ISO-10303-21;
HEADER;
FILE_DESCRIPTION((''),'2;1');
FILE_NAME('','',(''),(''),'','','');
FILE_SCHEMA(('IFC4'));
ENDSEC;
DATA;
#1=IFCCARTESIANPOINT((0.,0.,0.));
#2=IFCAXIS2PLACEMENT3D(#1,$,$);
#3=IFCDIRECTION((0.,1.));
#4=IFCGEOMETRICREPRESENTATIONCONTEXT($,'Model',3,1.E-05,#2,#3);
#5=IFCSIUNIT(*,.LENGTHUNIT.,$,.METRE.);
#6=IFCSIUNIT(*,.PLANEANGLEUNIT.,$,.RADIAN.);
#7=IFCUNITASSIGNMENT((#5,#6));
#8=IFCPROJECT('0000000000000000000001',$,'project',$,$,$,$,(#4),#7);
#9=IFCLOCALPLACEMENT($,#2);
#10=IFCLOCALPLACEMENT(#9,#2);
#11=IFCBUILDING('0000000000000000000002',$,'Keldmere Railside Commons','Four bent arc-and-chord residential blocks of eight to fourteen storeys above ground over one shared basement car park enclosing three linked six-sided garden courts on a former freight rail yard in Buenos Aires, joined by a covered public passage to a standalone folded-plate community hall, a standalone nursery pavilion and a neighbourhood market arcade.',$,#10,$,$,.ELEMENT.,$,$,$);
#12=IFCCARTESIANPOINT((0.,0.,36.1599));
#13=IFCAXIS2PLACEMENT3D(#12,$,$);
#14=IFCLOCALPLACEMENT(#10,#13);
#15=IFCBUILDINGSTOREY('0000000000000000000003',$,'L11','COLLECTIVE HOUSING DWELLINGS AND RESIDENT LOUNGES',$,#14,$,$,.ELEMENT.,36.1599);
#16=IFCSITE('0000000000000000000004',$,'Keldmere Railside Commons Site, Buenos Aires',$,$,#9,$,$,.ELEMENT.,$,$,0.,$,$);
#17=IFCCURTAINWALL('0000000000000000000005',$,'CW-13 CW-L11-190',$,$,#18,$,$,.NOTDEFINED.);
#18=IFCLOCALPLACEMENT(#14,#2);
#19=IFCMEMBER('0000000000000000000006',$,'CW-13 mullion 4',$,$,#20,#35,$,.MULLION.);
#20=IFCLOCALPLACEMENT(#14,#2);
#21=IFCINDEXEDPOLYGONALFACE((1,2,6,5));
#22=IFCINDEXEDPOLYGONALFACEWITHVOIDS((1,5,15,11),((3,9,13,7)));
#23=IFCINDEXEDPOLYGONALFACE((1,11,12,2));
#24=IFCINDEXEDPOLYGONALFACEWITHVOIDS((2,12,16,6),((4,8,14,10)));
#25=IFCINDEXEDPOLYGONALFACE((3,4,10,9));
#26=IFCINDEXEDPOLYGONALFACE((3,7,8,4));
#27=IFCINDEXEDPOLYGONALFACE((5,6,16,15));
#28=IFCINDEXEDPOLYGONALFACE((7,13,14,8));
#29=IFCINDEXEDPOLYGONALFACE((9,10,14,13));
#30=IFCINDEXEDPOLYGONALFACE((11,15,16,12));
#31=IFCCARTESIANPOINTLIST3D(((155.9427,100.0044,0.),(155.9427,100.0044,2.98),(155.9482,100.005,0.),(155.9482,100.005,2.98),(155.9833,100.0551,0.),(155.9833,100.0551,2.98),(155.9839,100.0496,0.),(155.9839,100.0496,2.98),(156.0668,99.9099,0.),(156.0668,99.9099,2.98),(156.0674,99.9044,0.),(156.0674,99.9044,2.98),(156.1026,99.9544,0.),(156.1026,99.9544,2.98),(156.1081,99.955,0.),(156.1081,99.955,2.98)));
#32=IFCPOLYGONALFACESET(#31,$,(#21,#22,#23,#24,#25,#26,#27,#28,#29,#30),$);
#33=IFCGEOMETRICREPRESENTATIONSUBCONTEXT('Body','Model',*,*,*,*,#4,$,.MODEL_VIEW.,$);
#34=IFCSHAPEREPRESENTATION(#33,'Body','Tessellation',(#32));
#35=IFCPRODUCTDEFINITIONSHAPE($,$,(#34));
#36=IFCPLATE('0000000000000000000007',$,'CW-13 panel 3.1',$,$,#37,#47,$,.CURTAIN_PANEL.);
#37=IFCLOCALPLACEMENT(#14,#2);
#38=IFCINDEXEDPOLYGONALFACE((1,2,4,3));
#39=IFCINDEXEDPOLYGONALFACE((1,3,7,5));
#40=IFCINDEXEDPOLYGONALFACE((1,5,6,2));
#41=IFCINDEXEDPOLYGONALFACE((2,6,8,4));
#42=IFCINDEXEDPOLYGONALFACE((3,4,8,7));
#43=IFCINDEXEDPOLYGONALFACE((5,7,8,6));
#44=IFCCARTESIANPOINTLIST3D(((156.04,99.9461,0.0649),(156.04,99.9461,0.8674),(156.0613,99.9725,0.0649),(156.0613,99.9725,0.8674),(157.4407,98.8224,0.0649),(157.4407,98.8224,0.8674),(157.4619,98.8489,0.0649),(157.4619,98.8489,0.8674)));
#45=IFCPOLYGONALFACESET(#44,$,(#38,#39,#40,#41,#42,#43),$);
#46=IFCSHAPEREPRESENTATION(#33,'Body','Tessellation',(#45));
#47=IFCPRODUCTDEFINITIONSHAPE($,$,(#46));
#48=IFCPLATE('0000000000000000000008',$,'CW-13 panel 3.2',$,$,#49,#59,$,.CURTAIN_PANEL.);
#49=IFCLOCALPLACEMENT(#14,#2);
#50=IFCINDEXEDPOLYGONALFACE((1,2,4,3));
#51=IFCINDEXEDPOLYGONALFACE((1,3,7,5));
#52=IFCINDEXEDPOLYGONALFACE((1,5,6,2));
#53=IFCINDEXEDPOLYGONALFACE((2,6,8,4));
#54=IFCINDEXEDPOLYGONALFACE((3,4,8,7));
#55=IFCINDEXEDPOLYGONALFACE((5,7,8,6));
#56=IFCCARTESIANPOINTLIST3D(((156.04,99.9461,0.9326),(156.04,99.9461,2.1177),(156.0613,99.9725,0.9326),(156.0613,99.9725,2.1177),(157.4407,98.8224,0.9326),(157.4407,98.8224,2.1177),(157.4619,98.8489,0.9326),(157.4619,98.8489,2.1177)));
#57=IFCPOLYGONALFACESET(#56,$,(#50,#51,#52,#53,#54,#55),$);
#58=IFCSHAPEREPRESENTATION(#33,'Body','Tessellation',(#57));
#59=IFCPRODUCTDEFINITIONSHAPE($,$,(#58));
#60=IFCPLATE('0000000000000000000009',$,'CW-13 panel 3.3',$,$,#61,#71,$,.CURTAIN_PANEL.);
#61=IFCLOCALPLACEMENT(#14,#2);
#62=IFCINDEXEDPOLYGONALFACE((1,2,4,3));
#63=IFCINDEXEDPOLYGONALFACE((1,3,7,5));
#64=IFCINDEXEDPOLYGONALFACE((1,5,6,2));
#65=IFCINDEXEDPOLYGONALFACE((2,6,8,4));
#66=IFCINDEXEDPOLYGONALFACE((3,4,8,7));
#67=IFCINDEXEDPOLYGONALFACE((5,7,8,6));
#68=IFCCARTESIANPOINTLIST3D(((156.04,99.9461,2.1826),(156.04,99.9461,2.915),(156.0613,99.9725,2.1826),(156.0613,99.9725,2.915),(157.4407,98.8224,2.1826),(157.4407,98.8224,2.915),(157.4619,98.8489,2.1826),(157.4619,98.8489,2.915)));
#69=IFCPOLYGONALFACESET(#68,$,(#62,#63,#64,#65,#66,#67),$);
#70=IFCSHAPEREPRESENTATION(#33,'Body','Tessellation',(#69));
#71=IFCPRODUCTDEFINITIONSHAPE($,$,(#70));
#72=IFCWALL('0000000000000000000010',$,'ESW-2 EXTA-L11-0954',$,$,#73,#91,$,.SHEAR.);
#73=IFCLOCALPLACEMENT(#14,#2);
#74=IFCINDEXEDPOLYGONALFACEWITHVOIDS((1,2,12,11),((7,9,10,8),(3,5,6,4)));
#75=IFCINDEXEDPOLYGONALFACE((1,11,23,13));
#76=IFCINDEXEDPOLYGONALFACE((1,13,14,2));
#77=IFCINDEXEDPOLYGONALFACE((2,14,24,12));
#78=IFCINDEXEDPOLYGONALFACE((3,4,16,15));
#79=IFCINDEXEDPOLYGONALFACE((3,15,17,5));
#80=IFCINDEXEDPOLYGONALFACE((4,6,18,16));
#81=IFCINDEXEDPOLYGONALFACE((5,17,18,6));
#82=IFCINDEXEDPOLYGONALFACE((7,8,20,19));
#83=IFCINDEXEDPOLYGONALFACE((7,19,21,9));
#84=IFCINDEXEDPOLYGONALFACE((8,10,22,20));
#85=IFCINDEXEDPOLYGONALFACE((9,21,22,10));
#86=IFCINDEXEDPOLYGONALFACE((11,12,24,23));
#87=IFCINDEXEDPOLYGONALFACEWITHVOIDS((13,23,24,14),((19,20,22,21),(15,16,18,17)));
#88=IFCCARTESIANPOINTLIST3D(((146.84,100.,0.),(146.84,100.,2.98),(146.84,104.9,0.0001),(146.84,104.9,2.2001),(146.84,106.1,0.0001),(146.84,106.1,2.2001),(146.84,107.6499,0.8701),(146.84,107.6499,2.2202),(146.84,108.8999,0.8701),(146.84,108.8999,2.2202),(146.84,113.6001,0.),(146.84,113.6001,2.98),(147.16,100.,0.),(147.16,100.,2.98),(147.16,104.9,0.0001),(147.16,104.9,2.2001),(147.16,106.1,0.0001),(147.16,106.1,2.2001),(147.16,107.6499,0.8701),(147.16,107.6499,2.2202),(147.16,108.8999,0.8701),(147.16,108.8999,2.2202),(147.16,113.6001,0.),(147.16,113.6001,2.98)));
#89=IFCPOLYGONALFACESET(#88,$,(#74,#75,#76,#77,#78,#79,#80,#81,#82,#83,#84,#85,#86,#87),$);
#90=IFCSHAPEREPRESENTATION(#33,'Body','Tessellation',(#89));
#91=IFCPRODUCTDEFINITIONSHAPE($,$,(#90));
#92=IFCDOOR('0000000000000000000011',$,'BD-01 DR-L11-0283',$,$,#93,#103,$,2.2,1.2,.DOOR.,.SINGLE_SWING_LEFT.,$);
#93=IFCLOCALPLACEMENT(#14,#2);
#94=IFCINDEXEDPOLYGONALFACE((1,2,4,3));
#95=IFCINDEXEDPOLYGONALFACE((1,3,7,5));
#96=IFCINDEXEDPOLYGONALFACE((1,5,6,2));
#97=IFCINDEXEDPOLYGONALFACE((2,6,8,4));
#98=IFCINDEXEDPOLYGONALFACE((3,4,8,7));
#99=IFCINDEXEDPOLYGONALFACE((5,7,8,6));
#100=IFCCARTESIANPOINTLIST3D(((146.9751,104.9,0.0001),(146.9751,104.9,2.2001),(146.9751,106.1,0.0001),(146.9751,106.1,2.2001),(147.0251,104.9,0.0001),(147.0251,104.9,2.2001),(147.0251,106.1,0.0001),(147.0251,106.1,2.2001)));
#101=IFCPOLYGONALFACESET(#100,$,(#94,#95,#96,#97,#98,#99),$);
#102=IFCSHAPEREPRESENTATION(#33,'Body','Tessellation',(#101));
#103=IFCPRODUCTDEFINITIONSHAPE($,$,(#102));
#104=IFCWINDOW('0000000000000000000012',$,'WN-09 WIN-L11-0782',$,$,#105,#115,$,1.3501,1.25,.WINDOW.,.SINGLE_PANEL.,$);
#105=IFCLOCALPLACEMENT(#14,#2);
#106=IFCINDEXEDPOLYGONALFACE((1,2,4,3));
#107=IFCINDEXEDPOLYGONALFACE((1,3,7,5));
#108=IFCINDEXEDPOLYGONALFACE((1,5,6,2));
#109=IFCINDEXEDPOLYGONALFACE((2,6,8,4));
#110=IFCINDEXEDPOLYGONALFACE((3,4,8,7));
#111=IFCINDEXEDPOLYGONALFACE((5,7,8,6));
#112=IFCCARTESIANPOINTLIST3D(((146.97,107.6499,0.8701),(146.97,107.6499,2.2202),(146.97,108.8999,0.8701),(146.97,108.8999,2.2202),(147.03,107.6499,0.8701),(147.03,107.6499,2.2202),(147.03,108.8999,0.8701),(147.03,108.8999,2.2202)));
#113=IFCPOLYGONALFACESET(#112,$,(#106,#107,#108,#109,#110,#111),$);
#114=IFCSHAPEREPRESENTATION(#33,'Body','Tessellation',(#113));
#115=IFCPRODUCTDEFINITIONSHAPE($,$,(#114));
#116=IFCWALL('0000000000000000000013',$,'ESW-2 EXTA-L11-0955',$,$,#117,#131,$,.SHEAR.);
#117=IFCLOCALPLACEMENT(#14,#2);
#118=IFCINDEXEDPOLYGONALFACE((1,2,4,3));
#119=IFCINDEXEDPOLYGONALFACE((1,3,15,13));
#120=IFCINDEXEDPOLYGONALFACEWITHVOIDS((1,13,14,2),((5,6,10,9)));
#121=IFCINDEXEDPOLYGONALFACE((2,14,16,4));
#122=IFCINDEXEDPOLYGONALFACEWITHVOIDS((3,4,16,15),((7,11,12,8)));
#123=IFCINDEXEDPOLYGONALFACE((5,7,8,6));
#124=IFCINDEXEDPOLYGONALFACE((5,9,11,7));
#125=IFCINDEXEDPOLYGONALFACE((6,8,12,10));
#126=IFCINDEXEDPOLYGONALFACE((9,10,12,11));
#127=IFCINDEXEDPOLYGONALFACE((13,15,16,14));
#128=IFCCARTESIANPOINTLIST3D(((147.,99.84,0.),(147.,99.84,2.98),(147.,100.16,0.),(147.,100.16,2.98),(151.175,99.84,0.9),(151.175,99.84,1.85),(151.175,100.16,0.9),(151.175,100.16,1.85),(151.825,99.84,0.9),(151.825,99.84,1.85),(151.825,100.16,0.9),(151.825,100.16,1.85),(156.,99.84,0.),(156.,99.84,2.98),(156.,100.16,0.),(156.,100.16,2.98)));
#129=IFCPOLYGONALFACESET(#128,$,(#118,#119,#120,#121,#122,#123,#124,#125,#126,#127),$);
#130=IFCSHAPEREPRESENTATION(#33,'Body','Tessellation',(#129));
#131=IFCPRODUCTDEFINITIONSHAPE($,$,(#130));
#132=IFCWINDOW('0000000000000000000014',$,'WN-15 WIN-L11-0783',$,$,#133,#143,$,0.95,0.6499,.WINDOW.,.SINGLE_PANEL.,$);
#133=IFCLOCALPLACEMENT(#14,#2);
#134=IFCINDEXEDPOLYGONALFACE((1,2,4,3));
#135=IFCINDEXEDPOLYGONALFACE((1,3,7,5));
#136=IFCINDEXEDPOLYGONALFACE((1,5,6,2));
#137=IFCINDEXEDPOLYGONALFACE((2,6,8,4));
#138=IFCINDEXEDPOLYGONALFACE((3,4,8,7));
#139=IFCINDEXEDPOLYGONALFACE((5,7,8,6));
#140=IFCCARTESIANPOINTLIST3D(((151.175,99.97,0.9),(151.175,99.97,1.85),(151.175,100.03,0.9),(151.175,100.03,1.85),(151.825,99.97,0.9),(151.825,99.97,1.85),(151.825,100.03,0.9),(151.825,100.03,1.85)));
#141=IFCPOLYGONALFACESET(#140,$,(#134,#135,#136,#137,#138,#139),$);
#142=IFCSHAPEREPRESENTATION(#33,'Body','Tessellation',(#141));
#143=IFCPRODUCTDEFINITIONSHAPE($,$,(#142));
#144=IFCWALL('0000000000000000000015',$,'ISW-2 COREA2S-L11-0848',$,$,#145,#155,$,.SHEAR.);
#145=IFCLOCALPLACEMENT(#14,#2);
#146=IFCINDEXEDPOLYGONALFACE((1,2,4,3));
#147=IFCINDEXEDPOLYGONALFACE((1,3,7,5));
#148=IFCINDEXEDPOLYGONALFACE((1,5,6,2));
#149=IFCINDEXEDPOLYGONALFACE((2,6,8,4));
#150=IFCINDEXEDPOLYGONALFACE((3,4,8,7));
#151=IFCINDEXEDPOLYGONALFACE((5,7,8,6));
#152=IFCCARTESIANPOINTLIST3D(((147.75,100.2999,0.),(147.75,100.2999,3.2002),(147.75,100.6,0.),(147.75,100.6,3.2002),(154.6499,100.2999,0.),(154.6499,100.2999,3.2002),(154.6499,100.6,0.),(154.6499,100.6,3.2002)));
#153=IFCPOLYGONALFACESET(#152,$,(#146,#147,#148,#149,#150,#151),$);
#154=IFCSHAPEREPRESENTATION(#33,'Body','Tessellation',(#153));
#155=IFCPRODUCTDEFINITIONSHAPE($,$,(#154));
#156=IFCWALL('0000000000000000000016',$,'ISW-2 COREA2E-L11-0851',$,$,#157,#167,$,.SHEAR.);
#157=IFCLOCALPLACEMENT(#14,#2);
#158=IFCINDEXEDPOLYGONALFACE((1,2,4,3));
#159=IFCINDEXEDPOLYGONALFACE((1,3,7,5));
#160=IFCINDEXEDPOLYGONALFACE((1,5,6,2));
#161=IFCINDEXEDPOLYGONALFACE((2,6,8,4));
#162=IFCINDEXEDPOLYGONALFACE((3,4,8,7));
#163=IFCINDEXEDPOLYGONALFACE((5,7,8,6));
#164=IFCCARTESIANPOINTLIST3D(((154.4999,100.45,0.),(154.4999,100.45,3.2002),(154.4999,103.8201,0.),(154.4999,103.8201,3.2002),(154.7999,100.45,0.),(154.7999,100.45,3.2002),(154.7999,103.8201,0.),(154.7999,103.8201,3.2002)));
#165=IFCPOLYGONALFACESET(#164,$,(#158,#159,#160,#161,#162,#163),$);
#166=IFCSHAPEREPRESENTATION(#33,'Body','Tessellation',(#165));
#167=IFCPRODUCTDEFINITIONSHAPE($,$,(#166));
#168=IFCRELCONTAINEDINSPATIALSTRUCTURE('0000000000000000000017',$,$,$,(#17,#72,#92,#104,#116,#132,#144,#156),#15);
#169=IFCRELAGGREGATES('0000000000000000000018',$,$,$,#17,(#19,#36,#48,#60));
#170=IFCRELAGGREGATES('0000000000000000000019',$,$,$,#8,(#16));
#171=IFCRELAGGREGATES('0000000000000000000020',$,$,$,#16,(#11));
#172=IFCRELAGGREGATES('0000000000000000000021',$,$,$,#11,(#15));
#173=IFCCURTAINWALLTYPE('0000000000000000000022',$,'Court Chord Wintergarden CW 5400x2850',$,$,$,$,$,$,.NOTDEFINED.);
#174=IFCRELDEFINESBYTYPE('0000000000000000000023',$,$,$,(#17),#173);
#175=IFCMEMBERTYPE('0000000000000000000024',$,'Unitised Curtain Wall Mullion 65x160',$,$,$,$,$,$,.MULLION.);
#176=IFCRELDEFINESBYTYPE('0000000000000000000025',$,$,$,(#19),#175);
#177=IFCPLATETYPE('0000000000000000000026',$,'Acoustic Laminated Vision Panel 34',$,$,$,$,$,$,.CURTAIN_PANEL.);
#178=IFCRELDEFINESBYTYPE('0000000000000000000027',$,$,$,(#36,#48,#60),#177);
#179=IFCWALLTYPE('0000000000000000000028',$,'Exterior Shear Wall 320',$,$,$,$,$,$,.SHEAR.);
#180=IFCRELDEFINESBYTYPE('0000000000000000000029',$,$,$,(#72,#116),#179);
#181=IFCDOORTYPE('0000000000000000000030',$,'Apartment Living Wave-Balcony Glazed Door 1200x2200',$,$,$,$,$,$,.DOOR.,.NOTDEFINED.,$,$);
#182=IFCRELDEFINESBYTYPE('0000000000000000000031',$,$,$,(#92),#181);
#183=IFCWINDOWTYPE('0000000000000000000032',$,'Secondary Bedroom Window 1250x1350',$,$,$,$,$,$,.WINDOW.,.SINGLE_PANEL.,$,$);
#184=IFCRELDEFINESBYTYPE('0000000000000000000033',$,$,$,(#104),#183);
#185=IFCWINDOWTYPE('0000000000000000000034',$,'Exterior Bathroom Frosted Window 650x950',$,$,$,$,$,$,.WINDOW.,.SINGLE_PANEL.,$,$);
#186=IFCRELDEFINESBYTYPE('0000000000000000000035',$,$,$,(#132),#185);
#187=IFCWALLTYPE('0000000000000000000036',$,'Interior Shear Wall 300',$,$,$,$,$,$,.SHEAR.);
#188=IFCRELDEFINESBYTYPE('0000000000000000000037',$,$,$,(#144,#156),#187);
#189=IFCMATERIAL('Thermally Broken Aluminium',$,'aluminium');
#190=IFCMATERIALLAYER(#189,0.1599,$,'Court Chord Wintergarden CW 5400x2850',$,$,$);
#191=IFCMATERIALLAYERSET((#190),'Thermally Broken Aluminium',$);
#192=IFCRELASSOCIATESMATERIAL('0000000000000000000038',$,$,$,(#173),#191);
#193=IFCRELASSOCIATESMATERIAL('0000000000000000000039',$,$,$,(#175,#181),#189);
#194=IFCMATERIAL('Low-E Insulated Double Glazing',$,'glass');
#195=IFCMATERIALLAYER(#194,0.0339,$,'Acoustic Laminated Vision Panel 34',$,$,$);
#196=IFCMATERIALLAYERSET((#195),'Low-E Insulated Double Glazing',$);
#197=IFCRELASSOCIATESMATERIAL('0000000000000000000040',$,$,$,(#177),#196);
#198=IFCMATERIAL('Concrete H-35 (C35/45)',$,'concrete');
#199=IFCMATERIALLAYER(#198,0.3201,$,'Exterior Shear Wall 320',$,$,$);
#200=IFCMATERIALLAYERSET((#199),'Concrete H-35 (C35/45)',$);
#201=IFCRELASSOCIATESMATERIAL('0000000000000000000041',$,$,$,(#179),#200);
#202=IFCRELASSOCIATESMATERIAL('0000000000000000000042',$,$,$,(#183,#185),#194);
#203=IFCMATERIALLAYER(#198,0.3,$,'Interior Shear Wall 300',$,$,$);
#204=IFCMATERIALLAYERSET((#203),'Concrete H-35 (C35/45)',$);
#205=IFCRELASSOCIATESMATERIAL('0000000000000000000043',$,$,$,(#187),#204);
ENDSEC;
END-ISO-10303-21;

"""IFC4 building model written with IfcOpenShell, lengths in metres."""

from ifc_helpers import new_model, si_unit, direction, frame, frame_2d, origin, origin_2d, place, context, subcontext, project, spatial, rectangle, hollow_rectangle, extrude, material, layer, layer_set, material_profile, profile_set, type_object, element, fill, aggregate, save


model = new_model("IFC4")

# Units and contexts
model_context = context("Model", 3, precision=1e-05, world=origin(), true_north=direction((0.0, 1.0)))
body_context = subcontext(model_context, "Body", "Model", "MODEL_VIEW")
ifc_project = project(units=[si_unit("LENGTHUNIT", "METRE"), si_unit("PLANEANGLEUNIT", "RADIAN")], contexts=[model_context])

# Site, building, storey
site_placement = place(None, origin())
site = spatial("IfcSite", under=ifc_project, at=site_placement, Name="Keldmere Railside Commons Site, Buenos Aires", CompositionType="ELEMENT", RefElevation=0.0)
building_placement = place(site_placement, origin())
building = spatial("IfcBuilding", under=site, at=building_placement, Name="Keldmere Railside Commons", Description="Four bent arc-and-chord residential blocks of eight to fourteen storeys above ground over one shared basement car park enclosing three linked six-sided garden courts on a former freight rail yard in Buenos Aires, joined by a covered public passage to a standalone folded-plate community hall, a standalone nursery pavilion and a neighbourhood market arcade.", CompositionType="ELEMENT")
storey_placement = place(building_placement, frame((0.0, 0.0, 36.1599)))
storey = spatial("IfcBuildingStorey", under=building, at=storey_placement, Name="L11", Description="COLLECTIVE HOUSING DWELLINGS AND RESIDENT LOUNGES", CompositionType="ELEMENT", Elevation=36.1599)

# Curtain wall, member, plates
ifc_material_1 = material(Name="Thermally Broken Aluminium", Category="aluminium")
ifc_layer_1 = layer(ifc_material_1, 0.1599, Name="Court Chord Wintergarden CW 5400x2850")
ifc_layer_set_1 = layer_set([ifc_layer_1], Name="Thermally Broken Aluminium")
curtain_wall_type = type_object("IfcCurtainWallType", Name="Court Chord Wintergarden CW 5400x2850", PredefinedType="NOTDEFINED", material=ifc_layer_set_1)
curtain_wall_placement = place(storey_placement, origin())
curtain_wall = element("IfcCurtainWall", 1, at=curtain_wall_placement, inside=storey, type_object=curtain_wall_type, Name="CW-13 CW-L11-190", PredefinedType="NOTDEFINED")
ifc_material_profile = material_profile(ifc_material_1, hollow_rectangle(XDim=0.0649, YDim=0.1599, WallThickness=0.0039, at=origin_2d()), Name="ALU-MULL-65x160")
ifc_profile_set = profile_set([ifc_material_profile], Name="Thermally Broken Aluminium")
member_type = type_object("IfcMemberType", Name="Unitised Curtain Wall Mullion 65x160", PredefinedType="MULLION", material=ifc_profile_set)
member_placement = place(storey_placement, frame((156.0254, 99.9797, 0.0), z_axis=(0.0, 0.0, 1.0), x_axis=(-0.625768, -0.780009, 0.0)))
member = element("IfcMember", 2, at=member_placement, type_object=member_type, Name="CW-13 mullion 4", PredefinedType="MULLION", context=body_context, shape_type="SweptSolid", body=[
    extrude(hollow_rectangle(XDim=0.0649, YDim=0.1599, WallThickness=0.0039, at=origin_2d()), origin(), (0.0, 0.0, 1.0), 2.98),
])
ifc_material_2 = material(Name="Low-E Insulated Double Glazing", Category="glass")
ifc_layer_2 = layer(ifc_material_2, 0.0339, Name="Acoustic Laminated Vision Panel 34")
ifc_layer_set_2 = layer_set([ifc_layer_2], Name="Low-E Insulated Double Glazing")
plate_type = type_object("IfcPlateType", Name="Acoustic Laminated Vision Panel 34", PredefinedType="CURTAIN_PANEL", material=ifc_layer_set_2)
plate_1_placement = place(storey_placement, frame((156.751, 99.3975, 0.0649), z_axis=(0.0, 0.0, 1.0), x_axis=(-0.780009, 0.625768, 0.0)))
plate_1 = element("IfcPlate", 3, at=plate_1_placement, type_object=plate_type, Name="CW-13 panel 3.1", PredefinedType="CURTAIN_PANEL", context=body_context, shape_type="SweptSolid", body=[
    extrude(rectangle(XDim=1.7957, YDim=0.0339, at=origin_2d()), origin(), (0.0, 0.0, 1.0), 0.8025),
])
plate_2_placement = place(storey_placement, frame((156.751, 99.3975, 0.9326), z_axis=(0.0, 0.0, 1.0), x_axis=(-0.780009, 0.625768, 0.0)))
plate_2 = element("IfcPlate", 4, at=plate_2_placement, type_object=plate_type, Name="CW-13 panel 3.2", PredefinedType="CURTAIN_PANEL", context=body_context, shape_type="SweptSolid", body=[
    extrude(rectangle(XDim=1.7957, YDim=0.0339, at=origin_2d()), origin(), (0.0, 0.0, 1.0), 1.1851),
])
plate_3_placement = place(storey_placement, frame((156.751, 99.3975, 2.1826), z_axis=(0.0, 0.0, 1.0), x_axis=(-0.780009, 0.625768, 0.0)))
plate_3 = element("IfcPlate", 5, at=plate_3_placement, type_object=plate_type, Name="CW-13 panel 3.3", PredefinedType="CURTAIN_PANEL", context=body_context, shape_type="SweptSolid", body=[
    extrude(rectangle(XDim=1.7957, YDim=0.0339, at=origin_2d()), origin(), (0.0, 0.0, 1.0), 0.7324),
])
aggregate(curtain_wall, [member, plate_1, plate_2, plate_3])

# Wall, openings, door, window
ifc_material_3 = material(Name="Concrete H-35 (C35/45)", Category="concrete")
ifc_layer_3 = layer(ifc_material_3, 0.3201, Name="Exterior Shear Wall 320")
ifc_layer_set_3 = layer_set([ifc_layer_3], Name="Concrete H-35 (C35/45)")
wall_type_1 = type_object("IfcWallType", Name="Exterior Shear Wall 320", PredefinedType="SHEAR", material=ifc_layer_set_3)
wall_1_placement = place(storey_placement, frame((147.0, 100.0, 0.0), z_axis=(0.0, 0.0, 1.0), x_axis=(0.0, 1.0, 0.0)))
wall_1 = element("IfcWall", 6, at=wall_1_placement, inside=storey, type_object=wall_type_1, Name="ESW-2 EXTA-L11-0954", PredefinedType="SHEAR", context=body_context, shape_type="SweptSolid", body=[
    extrude(rectangle(XDim=13.6001, YDim=0.3201, at=frame_2d((6.8, 0.0))), origin(), (0.0, 0.0, 1.0), 2.98),
])
opening_1_placement = place(wall_1_placement, frame((4.8999, 0.0, 0.0)))
opening_1 = element("IfcOpeningElement", 7, at=opening_1_placement, cuts=wall_1, PredefinedType="OPENING", context=body_context, shape_type="SweptSolid", body=[
    extrude(rectangle(XDim=1.2, YDim=2.2, at=frame_2d((0.6001, 1.1001))), frame((0.0, 0.1699, 0.0), z_axis=(0.0, -1.0, 0.0), x_axis=(1.0, 0.0, 0.0)), (0.0, 0.0, 1.0), 0.3401),
])
opening_2_placement = place(wall_1_placement, frame((7.6499, 0.0, 0.8701)))
opening_2 = element("IfcOpeningElement", 8, at=opening_2_placement, cuts=wall_1, PredefinedType="OPENING", context=body_context, shape_type="SweptSolid", body=[
    extrude(rectangle(XDim=1.25, YDim=1.3501, at=frame_2d((0.625, 0.675))), frame((0.0, 0.1699, 0.0), z_axis=(0.0, -1.0, 0.0), x_axis=(1.0, 0.0, 0.0)), (0.0, 0.0, 1.0), 0.3401),
])
door_type = type_object("IfcDoorType", Name="Apartment Living Wave-Balcony Glazed Door 1200x2200", OperationType="NOTDEFINED", PredefinedType="DOOR", material=ifc_material_1)
door_placement = place(opening_1_placement, origin())
door = element("IfcDoor", 9, at=door_placement, inside=storey, type_object=door_type, Name="BD-01 DR-L11-0283", OperationType="SINGLE_SWING_LEFT", OverallHeight=2.2, OverallWidth=1.2, PredefinedType="DOOR", context=body_context, shape_type="SweptSolid", body=[
    extrude(rectangle(XDim=1.2, YDim=2.2, at=frame_2d((0.6001, 1.1001))), frame((0.0, 0.0249, 0.0), z_axis=(0.0, -1.0, 0.0), x_axis=(1.0, 0.0, 0.0)), (0.0, 0.0, 1.0), 0.05),
])
fill(opening_1, door)
window_type_1 = type_object("IfcWindowType", Name="Secondary Bedroom Window 1250x1350", PartitioningType="SINGLE_PANEL", PredefinedType="WINDOW", material=ifc_material_2)
window_1_placement = place(opening_2_placement, origin())
window_1 = element("IfcWindow", 10, at=window_1_placement, inside=storey, type_object=window_type_1, Name="WN-09 WIN-L11-0782", OverallHeight=1.3501, OverallWidth=1.25, PartitioningType="SINGLE_PANEL", PredefinedType="WINDOW", context=body_context, shape_type="SweptSolid", body=[
    extrude(rectangle(XDim=1.25, YDim=1.3501, at=frame_2d((0.625, 0.675))), frame((0.0, 0.03, 0.0), z_axis=(0.0, -1.0, 0.0), x_axis=(1.0, 0.0, 0.0)), (0.0, 0.0, 1.0), 0.0601),
])
fill(opening_2, window_1)

# Wall, opening, window
wall_2_placement = place(storey_placement, frame((156.0, 100.0, 0.0), z_axis=(0.0, 0.0, 1.0), x_axis=(-1.0, 0.0, 0.0)))
wall_2 = element("IfcWall", 11, at=wall_2_placement, inside=storey, type_object=wall_type_1, Name="ESW-2 EXTA-L11-0955", PredefinedType="SHEAR", context=body_context, shape_type="SweptSolid", body=[
    extrude(rectangle(XDim=9.0, YDim=0.3201, at=frame_2d((4.5, 0.0))), origin(), (0.0, 0.0, 1.0), 2.98),
])
opening_3_placement = place(wall_2_placement, frame((4.175, 0.0, 0.8999)))
opening_3 = element("IfcOpeningElement", 12, at=opening_3_placement, cuts=wall_2, PredefinedType="OPENING", context=body_context, shape_type="SweptSolid", body=[
    extrude(rectangle(XDim=0.6499, YDim=0.95, at=frame_2d((0.325, 0.4751))), frame((0.0, 0.1699, 0.0), z_axis=(0.0, -1.0, 0.0), x_axis=(1.0, 0.0, 0.0)), (0.0, 0.0, 1.0), 0.3401),
])
window_type_2 = type_object("IfcWindowType", Name="Exterior Bathroom Frosted Window 650x950", PartitioningType="SINGLE_PANEL", PredefinedType="WINDOW", material=ifc_material_2)
window_2_placement = place(opening_3_placement, origin())
window_2 = element("IfcWindow", 13, at=window_2_placement, inside=storey, type_object=window_type_2, Name="WN-15 WIN-L11-0783", OverallHeight=0.95, OverallWidth=0.6499, PartitioningType="SINGLE_PANEL", PredefinedType="WINDOW", context=body_context, shape_type="SweptSolid", body=[
    extrude(rectangle(XDim=0.6499, YDim=0.95, at=frame_2d((0.325, 0.4751))), frame((0.0, 0.03, 0.0), z_axis=(0.0, -1.0, 0.0), x_axis=(1.0, 0.0, 0.0)), (0.0, 0.0, 1.0), 0.0601),
])
fill(opening_3, window_2)

# Walls
ifc_layer_4 = layer(ifc_material_3, 0.3, Name="Interior Shear Wall 300")
ifc_layer_set_4 = layer_set([ifc_layer_4], Name="Concrete H-35 (C35/45)")
wall_type_2 = type_object("IfcWallType", Name="Interior Shear Wall 300", PredefinedType="SHEAR", material=ifc_layer_set_4)
wall_3_placement = place(storey_placement, frame((147.75, 100.45, 0.0), z_axis=(0.0, 0.0, 1.0), x_axis=(1.0, 0.0, 0.0)))
element("IfcWall", 14, at=wall_3_placement, inside=storey, type_object=wall_type_2, Name="ISW-2 COREA2S-L11-0848", PredefinedType="SHEAR", context=body_context, shape_type="SweptSolid", body=[
    extrude(rectangle(XDim=6.8999, YDim=0.3, at=frame_2d((3.45, 0.0))), origin(), (0.0, 0.0, 1.0), 3.2002),
])
wall_4_placement = place(storey_placement, frame((154.6499, 100.45, 0.0), z_axis=(0.0, 0.0, 1.0), x_axis=(0.0, 1.0, 0.0)))
element("IfcWall", 15, at=wall_4_placement, inside=storey, type_object=wall_type_2, Name="ISW-2 COREA2E-L11-0851", PredefinedType="SHEAR", context=body_context, shape_type="SweptSolid", body=[
    extrude(rectangle(XDim=3.3701, YDim=0.3, at=frame_2d((1.6851, 0.0))), origin(), (0.0, 0.0, 1.0), 3.2002),
])

save(model, "model.ifc")
